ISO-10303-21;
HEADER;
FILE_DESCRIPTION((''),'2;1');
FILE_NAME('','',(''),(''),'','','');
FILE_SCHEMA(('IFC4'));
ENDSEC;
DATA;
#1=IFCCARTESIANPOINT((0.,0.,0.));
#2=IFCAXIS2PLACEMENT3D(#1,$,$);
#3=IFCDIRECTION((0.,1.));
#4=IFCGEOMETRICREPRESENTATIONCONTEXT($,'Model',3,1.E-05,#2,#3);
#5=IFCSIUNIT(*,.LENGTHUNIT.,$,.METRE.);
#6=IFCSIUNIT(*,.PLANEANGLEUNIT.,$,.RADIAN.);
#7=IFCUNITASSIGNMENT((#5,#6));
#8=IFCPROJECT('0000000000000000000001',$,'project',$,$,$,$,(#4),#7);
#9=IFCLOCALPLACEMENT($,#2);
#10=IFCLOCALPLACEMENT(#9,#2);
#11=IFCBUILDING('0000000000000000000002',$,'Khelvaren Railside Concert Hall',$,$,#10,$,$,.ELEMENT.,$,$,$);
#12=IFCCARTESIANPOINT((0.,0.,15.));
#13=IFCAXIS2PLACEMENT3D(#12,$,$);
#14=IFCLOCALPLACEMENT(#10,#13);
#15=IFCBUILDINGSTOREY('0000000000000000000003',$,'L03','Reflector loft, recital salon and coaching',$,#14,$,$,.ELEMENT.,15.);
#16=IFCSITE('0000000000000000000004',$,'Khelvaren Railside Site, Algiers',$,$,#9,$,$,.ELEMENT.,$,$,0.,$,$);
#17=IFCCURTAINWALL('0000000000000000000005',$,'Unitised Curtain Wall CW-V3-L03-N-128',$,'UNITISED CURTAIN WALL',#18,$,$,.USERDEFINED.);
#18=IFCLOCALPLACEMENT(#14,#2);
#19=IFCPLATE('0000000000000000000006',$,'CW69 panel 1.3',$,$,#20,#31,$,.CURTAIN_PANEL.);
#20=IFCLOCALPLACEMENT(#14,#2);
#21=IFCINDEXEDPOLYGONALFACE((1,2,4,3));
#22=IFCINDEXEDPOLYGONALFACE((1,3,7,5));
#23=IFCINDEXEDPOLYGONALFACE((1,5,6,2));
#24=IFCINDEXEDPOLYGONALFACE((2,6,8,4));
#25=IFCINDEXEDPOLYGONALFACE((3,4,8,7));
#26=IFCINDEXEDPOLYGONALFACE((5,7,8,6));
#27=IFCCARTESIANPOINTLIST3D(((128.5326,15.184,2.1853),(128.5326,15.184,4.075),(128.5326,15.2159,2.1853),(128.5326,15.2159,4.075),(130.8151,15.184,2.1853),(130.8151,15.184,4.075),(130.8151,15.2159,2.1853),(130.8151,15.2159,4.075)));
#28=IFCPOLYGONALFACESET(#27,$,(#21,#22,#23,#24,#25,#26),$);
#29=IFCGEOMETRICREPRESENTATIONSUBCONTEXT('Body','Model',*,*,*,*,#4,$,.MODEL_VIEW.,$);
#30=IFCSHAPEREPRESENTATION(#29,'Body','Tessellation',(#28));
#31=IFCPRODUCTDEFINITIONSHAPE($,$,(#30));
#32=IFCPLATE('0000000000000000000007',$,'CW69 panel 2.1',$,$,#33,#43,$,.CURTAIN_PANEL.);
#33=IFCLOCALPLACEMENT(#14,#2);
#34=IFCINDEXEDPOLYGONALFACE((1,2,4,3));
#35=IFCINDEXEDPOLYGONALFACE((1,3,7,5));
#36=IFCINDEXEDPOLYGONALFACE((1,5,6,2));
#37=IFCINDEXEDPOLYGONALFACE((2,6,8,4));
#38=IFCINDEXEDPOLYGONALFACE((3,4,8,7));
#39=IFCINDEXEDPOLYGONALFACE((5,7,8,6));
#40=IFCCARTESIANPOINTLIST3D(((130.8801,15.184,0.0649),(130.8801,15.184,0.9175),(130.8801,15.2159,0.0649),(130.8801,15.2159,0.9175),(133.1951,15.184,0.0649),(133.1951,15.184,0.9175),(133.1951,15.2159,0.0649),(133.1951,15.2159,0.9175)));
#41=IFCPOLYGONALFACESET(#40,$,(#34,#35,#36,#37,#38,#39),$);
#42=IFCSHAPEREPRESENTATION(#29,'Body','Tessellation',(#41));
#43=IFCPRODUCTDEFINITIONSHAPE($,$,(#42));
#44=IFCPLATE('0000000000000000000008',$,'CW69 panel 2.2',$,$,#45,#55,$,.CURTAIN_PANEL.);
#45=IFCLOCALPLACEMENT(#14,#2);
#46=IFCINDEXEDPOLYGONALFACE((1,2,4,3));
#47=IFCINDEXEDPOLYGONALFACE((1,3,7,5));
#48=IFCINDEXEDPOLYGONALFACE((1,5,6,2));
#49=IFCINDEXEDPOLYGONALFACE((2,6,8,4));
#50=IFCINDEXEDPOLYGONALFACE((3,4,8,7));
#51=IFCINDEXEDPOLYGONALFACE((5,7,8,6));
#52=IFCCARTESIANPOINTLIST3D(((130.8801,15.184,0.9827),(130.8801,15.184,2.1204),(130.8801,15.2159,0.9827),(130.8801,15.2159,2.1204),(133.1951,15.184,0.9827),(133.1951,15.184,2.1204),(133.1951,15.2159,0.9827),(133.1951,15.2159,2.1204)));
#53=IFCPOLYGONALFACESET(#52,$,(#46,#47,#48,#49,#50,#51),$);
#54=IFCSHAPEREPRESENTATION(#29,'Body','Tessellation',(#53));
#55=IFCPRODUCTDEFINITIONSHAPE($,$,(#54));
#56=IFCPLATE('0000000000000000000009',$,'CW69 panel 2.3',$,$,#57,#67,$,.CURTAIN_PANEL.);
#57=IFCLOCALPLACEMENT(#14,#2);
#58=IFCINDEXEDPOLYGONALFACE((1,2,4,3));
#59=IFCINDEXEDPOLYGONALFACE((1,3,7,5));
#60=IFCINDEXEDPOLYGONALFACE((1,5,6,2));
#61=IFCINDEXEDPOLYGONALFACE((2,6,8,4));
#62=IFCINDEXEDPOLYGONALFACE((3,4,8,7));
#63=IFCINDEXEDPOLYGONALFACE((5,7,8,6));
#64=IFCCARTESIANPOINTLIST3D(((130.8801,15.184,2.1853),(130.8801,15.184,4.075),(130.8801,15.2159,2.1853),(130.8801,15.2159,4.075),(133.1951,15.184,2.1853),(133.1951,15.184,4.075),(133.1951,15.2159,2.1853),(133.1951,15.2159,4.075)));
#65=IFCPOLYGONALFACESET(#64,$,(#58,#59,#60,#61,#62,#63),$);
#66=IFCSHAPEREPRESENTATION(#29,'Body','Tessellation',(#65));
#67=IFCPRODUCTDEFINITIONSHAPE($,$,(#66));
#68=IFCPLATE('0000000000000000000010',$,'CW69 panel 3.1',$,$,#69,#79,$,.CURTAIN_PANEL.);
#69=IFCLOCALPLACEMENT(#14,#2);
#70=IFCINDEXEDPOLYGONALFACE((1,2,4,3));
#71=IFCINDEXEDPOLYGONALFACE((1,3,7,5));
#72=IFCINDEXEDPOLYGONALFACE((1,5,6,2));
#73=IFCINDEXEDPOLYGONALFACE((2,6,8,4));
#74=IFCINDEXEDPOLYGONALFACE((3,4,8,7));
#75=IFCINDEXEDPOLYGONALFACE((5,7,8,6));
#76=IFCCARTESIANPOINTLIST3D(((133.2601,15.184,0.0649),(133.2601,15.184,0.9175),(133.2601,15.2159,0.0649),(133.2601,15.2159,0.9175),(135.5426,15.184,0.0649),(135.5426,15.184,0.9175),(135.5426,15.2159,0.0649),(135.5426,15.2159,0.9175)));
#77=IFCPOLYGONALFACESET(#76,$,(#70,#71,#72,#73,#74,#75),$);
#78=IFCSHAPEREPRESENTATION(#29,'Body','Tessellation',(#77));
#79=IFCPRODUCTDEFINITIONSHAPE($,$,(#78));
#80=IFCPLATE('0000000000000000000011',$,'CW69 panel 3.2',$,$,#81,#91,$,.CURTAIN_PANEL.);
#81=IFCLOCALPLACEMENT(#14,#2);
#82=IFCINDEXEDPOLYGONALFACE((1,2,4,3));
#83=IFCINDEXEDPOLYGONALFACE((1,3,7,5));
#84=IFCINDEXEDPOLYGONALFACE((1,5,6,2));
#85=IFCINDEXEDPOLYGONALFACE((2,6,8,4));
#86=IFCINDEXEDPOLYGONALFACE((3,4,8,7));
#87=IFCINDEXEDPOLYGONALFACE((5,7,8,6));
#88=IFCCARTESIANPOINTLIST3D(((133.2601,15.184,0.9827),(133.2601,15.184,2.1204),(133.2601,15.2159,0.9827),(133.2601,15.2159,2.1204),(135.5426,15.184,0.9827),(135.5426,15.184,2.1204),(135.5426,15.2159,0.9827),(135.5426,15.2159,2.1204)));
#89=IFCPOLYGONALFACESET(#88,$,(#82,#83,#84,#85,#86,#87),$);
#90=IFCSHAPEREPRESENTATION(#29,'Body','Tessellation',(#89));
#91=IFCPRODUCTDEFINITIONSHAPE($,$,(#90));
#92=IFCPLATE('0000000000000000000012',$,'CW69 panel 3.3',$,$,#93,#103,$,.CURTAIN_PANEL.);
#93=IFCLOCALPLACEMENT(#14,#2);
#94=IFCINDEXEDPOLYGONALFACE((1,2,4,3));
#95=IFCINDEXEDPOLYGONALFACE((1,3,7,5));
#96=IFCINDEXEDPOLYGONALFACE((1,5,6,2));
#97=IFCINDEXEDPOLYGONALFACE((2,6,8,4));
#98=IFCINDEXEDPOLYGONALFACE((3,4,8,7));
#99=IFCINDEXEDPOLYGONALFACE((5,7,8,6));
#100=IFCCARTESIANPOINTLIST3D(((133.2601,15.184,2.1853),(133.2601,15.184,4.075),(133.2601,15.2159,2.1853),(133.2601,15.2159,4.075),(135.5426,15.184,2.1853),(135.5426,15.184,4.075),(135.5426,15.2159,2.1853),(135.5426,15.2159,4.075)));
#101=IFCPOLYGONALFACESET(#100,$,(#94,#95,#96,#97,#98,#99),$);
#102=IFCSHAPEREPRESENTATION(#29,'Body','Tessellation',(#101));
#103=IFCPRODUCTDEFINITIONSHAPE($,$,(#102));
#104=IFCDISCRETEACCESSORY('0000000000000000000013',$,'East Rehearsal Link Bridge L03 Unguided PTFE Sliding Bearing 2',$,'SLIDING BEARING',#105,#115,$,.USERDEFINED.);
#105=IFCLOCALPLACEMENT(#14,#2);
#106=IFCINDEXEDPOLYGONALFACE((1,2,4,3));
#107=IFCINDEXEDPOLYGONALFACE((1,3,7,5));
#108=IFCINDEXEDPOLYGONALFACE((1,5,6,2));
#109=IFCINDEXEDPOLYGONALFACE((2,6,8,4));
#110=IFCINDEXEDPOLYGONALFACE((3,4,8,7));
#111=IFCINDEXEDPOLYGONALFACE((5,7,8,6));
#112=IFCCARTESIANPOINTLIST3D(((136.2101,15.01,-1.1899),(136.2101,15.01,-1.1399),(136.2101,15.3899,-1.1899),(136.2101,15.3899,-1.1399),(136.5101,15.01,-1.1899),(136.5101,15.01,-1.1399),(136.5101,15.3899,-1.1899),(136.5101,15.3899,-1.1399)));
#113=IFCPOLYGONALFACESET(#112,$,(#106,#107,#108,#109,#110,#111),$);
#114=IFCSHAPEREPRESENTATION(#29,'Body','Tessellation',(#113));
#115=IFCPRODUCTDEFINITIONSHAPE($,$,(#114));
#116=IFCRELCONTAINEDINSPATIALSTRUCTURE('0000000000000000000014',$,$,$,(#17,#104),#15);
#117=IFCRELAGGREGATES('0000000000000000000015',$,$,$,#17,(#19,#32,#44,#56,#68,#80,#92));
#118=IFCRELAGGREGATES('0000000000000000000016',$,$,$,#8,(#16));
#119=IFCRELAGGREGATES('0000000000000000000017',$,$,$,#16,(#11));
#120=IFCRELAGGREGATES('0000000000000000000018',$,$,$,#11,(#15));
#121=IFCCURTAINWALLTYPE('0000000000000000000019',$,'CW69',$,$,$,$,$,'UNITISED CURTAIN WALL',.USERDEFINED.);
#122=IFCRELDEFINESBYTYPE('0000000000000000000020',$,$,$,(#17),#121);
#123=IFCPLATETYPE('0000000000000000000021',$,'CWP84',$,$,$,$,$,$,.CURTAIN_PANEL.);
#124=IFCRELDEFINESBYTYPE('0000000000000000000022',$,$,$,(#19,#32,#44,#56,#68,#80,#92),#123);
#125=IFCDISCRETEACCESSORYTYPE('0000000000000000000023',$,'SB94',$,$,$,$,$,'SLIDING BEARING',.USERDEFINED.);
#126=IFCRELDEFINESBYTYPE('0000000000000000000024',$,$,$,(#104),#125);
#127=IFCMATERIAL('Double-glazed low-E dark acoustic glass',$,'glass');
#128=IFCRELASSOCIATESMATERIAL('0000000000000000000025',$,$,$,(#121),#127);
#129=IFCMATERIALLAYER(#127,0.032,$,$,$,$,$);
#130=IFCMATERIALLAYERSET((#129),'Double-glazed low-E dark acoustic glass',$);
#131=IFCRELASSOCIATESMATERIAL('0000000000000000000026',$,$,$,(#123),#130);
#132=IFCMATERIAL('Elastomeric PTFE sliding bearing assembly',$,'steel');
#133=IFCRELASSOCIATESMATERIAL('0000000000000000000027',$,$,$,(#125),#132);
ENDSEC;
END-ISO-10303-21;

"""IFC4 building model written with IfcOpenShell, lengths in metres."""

from ifc_helpers import new_model, si_unit, direction, frame, origin, origin_2d, place, context, subcontext, project, spatial, rectangle, extrude, material, layer, layer_set, type_object, element, aggregate, save


model = new_model("IFC4")

# Units and contexts
model_context = context("Model", 3, precision=1e-05, world=origin(), true_north=direction((0.0, 1.0)))
body_context = subcontext(model_context, "Body", "Model", "MODEL_VIEW")
ifc_project = project(units=[si_unit("LENGTHUNIT", "METRE"), si_unit("PLANEANGLEUNIT", "RADIAN")], contexts=[model_context])

# Site, building, storey
site_placement = place(None, origin())
site = spatial("IfcSite", under=ifc_project, at=site_placement, Name="Khelvaren Railside Site, Algiers", CompositionType="ELEMENT", RefElevation=0.0)
building_placement = place(site_placement, origin())
building = spatial("IfcBuilding", under=site, at=building_placement, Name="Khelvaren Railside Concert Hall", CompositionType="ELEMENT")
storey_placement = place(building_placement, frame((0.0, 0.0, 15.0)))
storey = spatial("IfcBuildingStorey", under=building, at=storey_placement, Name="L03", Description="Reflector loft, recital salon and coaching", CompositionType="ELEMENT", Elevation=15.0)

# Shared definitions
ifc_material_1 = material(Name="Double-glazed low-E dark acoustic glass", Category="glass")

# Curtain wall
curtain_wall_type_1 = type_object("IfcCurtainWallType", Name="CW69", ElementType="UNITISED CURTAIN WALL", PredefinedType="USERDEFINED", material=ifc_material_1)
curtain_wall_1_placement = place(storey_placement, origin())
curtain_wall_1 = element("IfcCurtainWall", 1, at=curtain_wall_1_placement, inside=storey, type_object=curtain_wall_type_1, Name="Unitised Curtain Wall CW-V3-L03-N-128", ObjectType="UNITISED CURTAIN WALL", PredefinedType="USERDEFINED")

# Plates
ifc_layer = layer(ifc_material_1, 0.032)
ifc_layer_set = layer_set([ifc_layer], Name="Double-glazed low-E dark acoustic glass")
plate_type = type_object("IfcPlateType", Name="CWP84", PredefinedType="CURTAIN_PANEL", material=ifc_layer_set)
plate_1_placement = place(storey_placement, frame((129.6738, 15.2, 2.1853), z_axis=(0.0, 0.0, 1.0), x_axis=(1.0, 0.0, 0.0)))
plate_1 = element("IfcPlate", 2, at=plate_1_placement, type_object=plate_type, Name="CW69 panel 1.3", PredefinedType="CURTAIN_PANEL", context=body_context, shape_type="SweptSolid", body=[
    extrude(rectangle(XDim=2.2825, YDim=0.032, at=origin_2d()), origin(), (0.0, 0.0, 1.0), 1.8896),
])
plate_2_placement = place(storey_placement, frame((132.0376, 15.2, 0.0649), z_axis=(0.0, 0.0, 1.0), x_axis=(1.0, 0.0, 0.0)))
plate_2 = element("IfcPlate", 3, at=plate_2_placement, type_object=plate_type, Name="CW69 panel 2.1", PredefinedType="CURTAIN_PANEL", context=body_context, shape_type="SweptSolid", body=[
    extrude(rectangle(XDim=2.3149, YDim=0.032, at=origin_2d()), origin(), (0.0, 0.0, 1.0), 0.8525),
])
plate_3_placement = place(storey_placement, frame((132.0376, 15.2, 0.9827), z_axis=(0.0, 0.0, 1.0), x_axis=(1.0, 0.0, 0.0)))
plate_3 = element("IfcPlate", 4, at=plate_3_placement, type_object=plate_type, Name="CW69 panel 2.2", PredefinedType="CURTAIN_PANEL", context=body_context, shape_type="SweptSolid", body=[
    extrude(rectangle(XDim=2.3149, YDim=0.032, at=origin_2d()), origin(), (0.0, 0.0, 1.0), 1.1377),
])
plate_4_placement = place(storey_placement, frame((132.0376, 15.2, 2.1853), z_axis=(0.0, 0.0, 1.0), x_axis=(1.0, 0.0, 0.0)))
plate_4 = element("IfcPlate", 5, at=plate_4_placement, type_object=plate_type, Name="CW69 panel 2.3", PredefinedType="CURTAIN_PANEL", context=body_context, shape_type="SweptSolid", body=[
    extrude(rectangle(XDim=2.3149, YDim=0.032, at=origin_2d()), origin(), (0.0, 0.0, 1.0), 1.8896),
])
plate_5_placement = place(storey_placement, frame((134.4014, 15.2, 0.0649), z_axis=(0.0, 0.0, 1.0), x_axis=(1.0, 0.0, 0.0)))
plate_5 = element("IfcPlate", 6, at=plate_5_placement, type_object=plate_type, Name="CW69 panel 3.1", PredefinedType="CURTAIN_PANEL", context=body_context, shape_type="SweptSolid", body=[
    extrude(rectangle(XDim=2.2825, YDim=0.032, at=origin_2d()), origin(), (0.0, 0.0, 1.0), 0.8525),
])
plate_6_placement = place(storey_placement, frame((134.4014, 15.2, 0.9827), z_axis=(0.0, 0.0, 1.0), x_axis=(1.0, 0.0, 0.0)))
plate_6 = element("IfcPlate", 7, at=plate_6_placement, type_object=plate_type, Name="CW69 panel 3.2", PredefinedType="CURTAIN_PANEL", context=body_context, shape_type="SweptSolid", body=[
    extrude(rectangle(XDim=2.2825, YDim=0.032, at=origin_2d()), origin(), (0.0, 0.0, 1.0), 1.1377),
])
plate_7_placement = place(storey_placement, frame((134.4014, 15.2, 2.1853), z_axis=(0.0, 0.0, 1.0), x_axis=(1.0, 0.0, 0.0)))
plate_7 = element("IfcPlate", 8, at=plate_7_placement, type_object=plate_type, Name="CW69 panel 3.3", PredefinedType="CURTAIN_PANEL", context=body_context, shape_type="SweptSolid", body=[
    extrude(rectangle(XDim=2.2825, YDim=0.032, at=origin_2d()), origin(), (0.0, 0.0, 1.0), 1.8896),
])
aggregate(curtain_wall_1, [plate_1, plate_2, plate_3, plate_4, plate_5, plate_6, plate_7])

# Discrete accessory
ifc_material_2 = material(Name="Elastomeric PTFE sliding bearing assembly", Category="steel")
discrete_accessory_type = type_object("IfcDiscreteAccessoryType", Name="SB94", ElementType="SLIDING BEARING", PredefinedType="USERDEFINED", material=ifc_material_2)
discrete_accessory_placement = place(storey_placement, frame((136.3601, 15.2, -1.1899), z_axis=(0.0, 0.0, 1.0), x_axis=(1.0, 0.0, 0.0)))
element("IfcDiscreteAccessory", 9, at=discrete_accessory_placement, inside=storey, type_object=discrete_accessory_type, Name="East Rehearsal Link Bridge L03 Unguided PTFE Sliding Bearing 2", ObjectType="SLIDING BEARING", PredefinedType="USERDEFINED", context=body_context, shape_type="SweptSolid", body=[
    extrude(rectangle(XDim=0.3, YDim=0.3799, at=origin_2d()), origin(), (0.0, 0.0, 1.0), 0.05),
])

save(model, "model.ifc")
